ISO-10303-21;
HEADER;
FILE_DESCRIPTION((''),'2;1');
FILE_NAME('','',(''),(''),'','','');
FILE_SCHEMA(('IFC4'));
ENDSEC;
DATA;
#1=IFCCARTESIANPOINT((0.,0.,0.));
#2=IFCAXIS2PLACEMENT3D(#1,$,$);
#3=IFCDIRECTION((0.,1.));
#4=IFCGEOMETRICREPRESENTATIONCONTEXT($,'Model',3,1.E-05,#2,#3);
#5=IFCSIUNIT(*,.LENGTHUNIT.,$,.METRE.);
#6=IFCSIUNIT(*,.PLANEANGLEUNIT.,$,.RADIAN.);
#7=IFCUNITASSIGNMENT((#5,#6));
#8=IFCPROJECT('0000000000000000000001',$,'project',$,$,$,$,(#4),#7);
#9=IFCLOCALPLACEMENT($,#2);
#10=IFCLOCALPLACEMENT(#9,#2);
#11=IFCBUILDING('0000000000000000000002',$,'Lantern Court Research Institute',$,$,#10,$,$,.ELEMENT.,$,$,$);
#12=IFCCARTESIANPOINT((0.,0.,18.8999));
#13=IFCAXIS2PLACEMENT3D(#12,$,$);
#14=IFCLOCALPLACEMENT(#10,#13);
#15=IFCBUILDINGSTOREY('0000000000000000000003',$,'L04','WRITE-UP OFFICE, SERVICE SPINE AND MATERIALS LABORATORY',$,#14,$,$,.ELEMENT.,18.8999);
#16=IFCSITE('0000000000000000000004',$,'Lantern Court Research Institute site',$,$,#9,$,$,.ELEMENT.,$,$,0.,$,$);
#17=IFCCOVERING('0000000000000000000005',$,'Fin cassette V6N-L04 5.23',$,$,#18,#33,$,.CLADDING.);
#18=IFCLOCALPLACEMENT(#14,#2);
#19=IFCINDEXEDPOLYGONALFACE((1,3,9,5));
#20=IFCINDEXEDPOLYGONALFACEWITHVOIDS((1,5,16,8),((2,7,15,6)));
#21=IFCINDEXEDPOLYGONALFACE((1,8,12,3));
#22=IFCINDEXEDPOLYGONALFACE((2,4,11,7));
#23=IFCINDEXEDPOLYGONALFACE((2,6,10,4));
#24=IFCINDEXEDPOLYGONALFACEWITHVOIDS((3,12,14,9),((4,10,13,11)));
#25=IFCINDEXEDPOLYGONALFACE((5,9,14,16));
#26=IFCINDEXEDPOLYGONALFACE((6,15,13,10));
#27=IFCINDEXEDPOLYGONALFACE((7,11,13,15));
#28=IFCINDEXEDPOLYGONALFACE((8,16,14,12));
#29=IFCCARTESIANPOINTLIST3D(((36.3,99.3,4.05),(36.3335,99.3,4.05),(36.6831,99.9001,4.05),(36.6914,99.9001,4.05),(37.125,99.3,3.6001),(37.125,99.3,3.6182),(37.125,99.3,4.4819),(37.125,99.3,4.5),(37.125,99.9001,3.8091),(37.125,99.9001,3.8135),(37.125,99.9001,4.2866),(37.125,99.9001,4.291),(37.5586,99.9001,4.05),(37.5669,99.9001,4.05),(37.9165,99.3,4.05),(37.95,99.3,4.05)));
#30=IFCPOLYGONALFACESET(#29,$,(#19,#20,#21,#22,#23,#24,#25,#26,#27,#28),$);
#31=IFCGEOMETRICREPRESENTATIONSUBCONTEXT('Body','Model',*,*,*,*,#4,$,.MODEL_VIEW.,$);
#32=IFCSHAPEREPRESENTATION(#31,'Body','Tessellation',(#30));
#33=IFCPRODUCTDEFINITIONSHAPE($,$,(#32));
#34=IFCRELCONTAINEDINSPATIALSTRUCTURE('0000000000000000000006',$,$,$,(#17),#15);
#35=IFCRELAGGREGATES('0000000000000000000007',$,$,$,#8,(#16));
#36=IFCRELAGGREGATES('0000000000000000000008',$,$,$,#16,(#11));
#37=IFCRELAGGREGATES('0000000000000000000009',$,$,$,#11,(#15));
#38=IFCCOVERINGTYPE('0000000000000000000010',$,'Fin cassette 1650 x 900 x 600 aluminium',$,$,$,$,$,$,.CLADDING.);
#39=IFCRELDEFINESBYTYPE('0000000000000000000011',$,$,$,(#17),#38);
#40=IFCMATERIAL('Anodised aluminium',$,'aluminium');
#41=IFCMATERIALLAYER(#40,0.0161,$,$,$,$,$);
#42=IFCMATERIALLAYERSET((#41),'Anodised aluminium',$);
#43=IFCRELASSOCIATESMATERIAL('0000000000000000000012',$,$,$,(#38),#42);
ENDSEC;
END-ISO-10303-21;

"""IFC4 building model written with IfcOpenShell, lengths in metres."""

from ifc_helpers import new_model, entity, si_unit, direction, frame, origin, place, context, subcontext, project, spatial, material, layer, layer_set, type_object, element, save


model = new_model("IFC4")

# Units and contexts
model_context = context("Model", 3, precision=1e-05, world=origin(), true_north=direction((0.0, 1.0)))
body_context = subcontext(model_context, "Body", "Model", "MODEL_VIEW")
ifc_project = project(units=[si_unit("LENGTHUNIT", "METRE"), si_unit("PLANEANGLEUNIT", "RADIAN")], contexts=[model_context])

# Site, building, storey
site_placement = place(None, origin())
site = spatial("IfcSite", under=ifc_project, at=site_placement, Name="Lantern Court Research Institute site", CompositionType="ELEMENT", RefElevation=0.0)
building_placement = place(site_placement, origin())
building = spatial("IfcBuilding", under=site, at=building_placement, Name="Lantern Court Research Institute", CompositionType="ELEMENT")
storey_placement = place(building_placement, frame((0.0, 0.0, 18.8999)))
storey = spatial("IfcBuildingStorey", under=building, at=storey_placement, Name="L04", Description="WRITE-UP OFFICE, SERVICE SPINE AND MATERIALS LABORATORY", CompositionType="ELEMENT", Elevation=18.8999)

# Covering
ifc_material_1 = material(Name="Anodised aluminium", Category="aluminium")
ifc_layer_1 = layer(ifc_material_1, 0.0161)
ifc_layer_set_1 = layer_set([ifc_layer_1], Name="Anodised aluminium")
covering_type_1 = type_object("IfcCoveringType", Name="Fin cassette 1650 x 900 x 600 aluminium", PredefinedType="CLADDING", material=ifc_layer_set_1)
covering_1_placement = place(storey_placement, frame((37.125, 99.3, 4.05), z_axis=(0.0, 1.0, 0.0), x_axis=(-1.0, 0.0, 0.0)))
cartesian_point_1 = entity("IfcCartesianPoint", [0.825, 0.0])
cartesian_point_2 = entity("IfcCartesianPoint", [0.7915, 0.0])
cartesian_point_3 = entity("IfcCartesianPoint", [0.4419, 0.0])
cartesian_point_4 = entity("IfcCartesianPoint", [0.4336, 0.0])
element("IfcCovering", 1, at=covering_1_placement, inside=storey, type_object=covering_type_1, Name="Fin cassette V6N-L04 5.23", PredefinedType="CLADDING", context=body_context, shape_type="SweptSolid", body=[
    entity("IfcExtrudedAreaSolidTapered", entity("IfcArbitraryProfileDefWithVoids", "AREA", None, entity("IfcPolyline", [cartesian_point_1, entity("IfcCartesianPoint", [0.0, 0.45]), entity("IfcCartesianPoint", [-0.825, 0.0]), entity("IfcCartesianPoint", [0.0, -0.45]), cartesian_point_1]), [entity("IfcPolyline", [cartesian_point_2, entity("IfcCartesianPoint", [0.0, 0.4319]), entity("IfcCartesianPoint", [-0.7915, 0.0]), entity("IfcCartesianPoint", [0.0, -0.4319]), cartesian_point_2])]), entity("IfcAxis2Placement3D", entity("IfcCartesianPoint", [0.0, 0.0, 0.0])), entity("IfcDirection", [0.0, 0.0, 1.0]), 0.6001, entity("IfcArbitraryProfileDefWithVoids", "AREA", None, entity("IfcPolyline", [cartesian_point_3, entity("IfcCartesianPoint", [0.0, 0.241]), entity("IfcCartesianPoint", [-0.4419, 0.0]), entity("IfcCartesianPoint", [0.0, -0.241]), cartesian_point_3]), [entity("IfcPolyline", [cartesian_point_4, entity("IfcCartesianPoint", [0.0, 0.2366]), entity("IfcCartesianPoint", [-0.4336, 0.0]), entity("IfcCartesianPoint", [0.0, -0.2366]), cartesian_point_4])])),
])

save(model, "model.ifc")
